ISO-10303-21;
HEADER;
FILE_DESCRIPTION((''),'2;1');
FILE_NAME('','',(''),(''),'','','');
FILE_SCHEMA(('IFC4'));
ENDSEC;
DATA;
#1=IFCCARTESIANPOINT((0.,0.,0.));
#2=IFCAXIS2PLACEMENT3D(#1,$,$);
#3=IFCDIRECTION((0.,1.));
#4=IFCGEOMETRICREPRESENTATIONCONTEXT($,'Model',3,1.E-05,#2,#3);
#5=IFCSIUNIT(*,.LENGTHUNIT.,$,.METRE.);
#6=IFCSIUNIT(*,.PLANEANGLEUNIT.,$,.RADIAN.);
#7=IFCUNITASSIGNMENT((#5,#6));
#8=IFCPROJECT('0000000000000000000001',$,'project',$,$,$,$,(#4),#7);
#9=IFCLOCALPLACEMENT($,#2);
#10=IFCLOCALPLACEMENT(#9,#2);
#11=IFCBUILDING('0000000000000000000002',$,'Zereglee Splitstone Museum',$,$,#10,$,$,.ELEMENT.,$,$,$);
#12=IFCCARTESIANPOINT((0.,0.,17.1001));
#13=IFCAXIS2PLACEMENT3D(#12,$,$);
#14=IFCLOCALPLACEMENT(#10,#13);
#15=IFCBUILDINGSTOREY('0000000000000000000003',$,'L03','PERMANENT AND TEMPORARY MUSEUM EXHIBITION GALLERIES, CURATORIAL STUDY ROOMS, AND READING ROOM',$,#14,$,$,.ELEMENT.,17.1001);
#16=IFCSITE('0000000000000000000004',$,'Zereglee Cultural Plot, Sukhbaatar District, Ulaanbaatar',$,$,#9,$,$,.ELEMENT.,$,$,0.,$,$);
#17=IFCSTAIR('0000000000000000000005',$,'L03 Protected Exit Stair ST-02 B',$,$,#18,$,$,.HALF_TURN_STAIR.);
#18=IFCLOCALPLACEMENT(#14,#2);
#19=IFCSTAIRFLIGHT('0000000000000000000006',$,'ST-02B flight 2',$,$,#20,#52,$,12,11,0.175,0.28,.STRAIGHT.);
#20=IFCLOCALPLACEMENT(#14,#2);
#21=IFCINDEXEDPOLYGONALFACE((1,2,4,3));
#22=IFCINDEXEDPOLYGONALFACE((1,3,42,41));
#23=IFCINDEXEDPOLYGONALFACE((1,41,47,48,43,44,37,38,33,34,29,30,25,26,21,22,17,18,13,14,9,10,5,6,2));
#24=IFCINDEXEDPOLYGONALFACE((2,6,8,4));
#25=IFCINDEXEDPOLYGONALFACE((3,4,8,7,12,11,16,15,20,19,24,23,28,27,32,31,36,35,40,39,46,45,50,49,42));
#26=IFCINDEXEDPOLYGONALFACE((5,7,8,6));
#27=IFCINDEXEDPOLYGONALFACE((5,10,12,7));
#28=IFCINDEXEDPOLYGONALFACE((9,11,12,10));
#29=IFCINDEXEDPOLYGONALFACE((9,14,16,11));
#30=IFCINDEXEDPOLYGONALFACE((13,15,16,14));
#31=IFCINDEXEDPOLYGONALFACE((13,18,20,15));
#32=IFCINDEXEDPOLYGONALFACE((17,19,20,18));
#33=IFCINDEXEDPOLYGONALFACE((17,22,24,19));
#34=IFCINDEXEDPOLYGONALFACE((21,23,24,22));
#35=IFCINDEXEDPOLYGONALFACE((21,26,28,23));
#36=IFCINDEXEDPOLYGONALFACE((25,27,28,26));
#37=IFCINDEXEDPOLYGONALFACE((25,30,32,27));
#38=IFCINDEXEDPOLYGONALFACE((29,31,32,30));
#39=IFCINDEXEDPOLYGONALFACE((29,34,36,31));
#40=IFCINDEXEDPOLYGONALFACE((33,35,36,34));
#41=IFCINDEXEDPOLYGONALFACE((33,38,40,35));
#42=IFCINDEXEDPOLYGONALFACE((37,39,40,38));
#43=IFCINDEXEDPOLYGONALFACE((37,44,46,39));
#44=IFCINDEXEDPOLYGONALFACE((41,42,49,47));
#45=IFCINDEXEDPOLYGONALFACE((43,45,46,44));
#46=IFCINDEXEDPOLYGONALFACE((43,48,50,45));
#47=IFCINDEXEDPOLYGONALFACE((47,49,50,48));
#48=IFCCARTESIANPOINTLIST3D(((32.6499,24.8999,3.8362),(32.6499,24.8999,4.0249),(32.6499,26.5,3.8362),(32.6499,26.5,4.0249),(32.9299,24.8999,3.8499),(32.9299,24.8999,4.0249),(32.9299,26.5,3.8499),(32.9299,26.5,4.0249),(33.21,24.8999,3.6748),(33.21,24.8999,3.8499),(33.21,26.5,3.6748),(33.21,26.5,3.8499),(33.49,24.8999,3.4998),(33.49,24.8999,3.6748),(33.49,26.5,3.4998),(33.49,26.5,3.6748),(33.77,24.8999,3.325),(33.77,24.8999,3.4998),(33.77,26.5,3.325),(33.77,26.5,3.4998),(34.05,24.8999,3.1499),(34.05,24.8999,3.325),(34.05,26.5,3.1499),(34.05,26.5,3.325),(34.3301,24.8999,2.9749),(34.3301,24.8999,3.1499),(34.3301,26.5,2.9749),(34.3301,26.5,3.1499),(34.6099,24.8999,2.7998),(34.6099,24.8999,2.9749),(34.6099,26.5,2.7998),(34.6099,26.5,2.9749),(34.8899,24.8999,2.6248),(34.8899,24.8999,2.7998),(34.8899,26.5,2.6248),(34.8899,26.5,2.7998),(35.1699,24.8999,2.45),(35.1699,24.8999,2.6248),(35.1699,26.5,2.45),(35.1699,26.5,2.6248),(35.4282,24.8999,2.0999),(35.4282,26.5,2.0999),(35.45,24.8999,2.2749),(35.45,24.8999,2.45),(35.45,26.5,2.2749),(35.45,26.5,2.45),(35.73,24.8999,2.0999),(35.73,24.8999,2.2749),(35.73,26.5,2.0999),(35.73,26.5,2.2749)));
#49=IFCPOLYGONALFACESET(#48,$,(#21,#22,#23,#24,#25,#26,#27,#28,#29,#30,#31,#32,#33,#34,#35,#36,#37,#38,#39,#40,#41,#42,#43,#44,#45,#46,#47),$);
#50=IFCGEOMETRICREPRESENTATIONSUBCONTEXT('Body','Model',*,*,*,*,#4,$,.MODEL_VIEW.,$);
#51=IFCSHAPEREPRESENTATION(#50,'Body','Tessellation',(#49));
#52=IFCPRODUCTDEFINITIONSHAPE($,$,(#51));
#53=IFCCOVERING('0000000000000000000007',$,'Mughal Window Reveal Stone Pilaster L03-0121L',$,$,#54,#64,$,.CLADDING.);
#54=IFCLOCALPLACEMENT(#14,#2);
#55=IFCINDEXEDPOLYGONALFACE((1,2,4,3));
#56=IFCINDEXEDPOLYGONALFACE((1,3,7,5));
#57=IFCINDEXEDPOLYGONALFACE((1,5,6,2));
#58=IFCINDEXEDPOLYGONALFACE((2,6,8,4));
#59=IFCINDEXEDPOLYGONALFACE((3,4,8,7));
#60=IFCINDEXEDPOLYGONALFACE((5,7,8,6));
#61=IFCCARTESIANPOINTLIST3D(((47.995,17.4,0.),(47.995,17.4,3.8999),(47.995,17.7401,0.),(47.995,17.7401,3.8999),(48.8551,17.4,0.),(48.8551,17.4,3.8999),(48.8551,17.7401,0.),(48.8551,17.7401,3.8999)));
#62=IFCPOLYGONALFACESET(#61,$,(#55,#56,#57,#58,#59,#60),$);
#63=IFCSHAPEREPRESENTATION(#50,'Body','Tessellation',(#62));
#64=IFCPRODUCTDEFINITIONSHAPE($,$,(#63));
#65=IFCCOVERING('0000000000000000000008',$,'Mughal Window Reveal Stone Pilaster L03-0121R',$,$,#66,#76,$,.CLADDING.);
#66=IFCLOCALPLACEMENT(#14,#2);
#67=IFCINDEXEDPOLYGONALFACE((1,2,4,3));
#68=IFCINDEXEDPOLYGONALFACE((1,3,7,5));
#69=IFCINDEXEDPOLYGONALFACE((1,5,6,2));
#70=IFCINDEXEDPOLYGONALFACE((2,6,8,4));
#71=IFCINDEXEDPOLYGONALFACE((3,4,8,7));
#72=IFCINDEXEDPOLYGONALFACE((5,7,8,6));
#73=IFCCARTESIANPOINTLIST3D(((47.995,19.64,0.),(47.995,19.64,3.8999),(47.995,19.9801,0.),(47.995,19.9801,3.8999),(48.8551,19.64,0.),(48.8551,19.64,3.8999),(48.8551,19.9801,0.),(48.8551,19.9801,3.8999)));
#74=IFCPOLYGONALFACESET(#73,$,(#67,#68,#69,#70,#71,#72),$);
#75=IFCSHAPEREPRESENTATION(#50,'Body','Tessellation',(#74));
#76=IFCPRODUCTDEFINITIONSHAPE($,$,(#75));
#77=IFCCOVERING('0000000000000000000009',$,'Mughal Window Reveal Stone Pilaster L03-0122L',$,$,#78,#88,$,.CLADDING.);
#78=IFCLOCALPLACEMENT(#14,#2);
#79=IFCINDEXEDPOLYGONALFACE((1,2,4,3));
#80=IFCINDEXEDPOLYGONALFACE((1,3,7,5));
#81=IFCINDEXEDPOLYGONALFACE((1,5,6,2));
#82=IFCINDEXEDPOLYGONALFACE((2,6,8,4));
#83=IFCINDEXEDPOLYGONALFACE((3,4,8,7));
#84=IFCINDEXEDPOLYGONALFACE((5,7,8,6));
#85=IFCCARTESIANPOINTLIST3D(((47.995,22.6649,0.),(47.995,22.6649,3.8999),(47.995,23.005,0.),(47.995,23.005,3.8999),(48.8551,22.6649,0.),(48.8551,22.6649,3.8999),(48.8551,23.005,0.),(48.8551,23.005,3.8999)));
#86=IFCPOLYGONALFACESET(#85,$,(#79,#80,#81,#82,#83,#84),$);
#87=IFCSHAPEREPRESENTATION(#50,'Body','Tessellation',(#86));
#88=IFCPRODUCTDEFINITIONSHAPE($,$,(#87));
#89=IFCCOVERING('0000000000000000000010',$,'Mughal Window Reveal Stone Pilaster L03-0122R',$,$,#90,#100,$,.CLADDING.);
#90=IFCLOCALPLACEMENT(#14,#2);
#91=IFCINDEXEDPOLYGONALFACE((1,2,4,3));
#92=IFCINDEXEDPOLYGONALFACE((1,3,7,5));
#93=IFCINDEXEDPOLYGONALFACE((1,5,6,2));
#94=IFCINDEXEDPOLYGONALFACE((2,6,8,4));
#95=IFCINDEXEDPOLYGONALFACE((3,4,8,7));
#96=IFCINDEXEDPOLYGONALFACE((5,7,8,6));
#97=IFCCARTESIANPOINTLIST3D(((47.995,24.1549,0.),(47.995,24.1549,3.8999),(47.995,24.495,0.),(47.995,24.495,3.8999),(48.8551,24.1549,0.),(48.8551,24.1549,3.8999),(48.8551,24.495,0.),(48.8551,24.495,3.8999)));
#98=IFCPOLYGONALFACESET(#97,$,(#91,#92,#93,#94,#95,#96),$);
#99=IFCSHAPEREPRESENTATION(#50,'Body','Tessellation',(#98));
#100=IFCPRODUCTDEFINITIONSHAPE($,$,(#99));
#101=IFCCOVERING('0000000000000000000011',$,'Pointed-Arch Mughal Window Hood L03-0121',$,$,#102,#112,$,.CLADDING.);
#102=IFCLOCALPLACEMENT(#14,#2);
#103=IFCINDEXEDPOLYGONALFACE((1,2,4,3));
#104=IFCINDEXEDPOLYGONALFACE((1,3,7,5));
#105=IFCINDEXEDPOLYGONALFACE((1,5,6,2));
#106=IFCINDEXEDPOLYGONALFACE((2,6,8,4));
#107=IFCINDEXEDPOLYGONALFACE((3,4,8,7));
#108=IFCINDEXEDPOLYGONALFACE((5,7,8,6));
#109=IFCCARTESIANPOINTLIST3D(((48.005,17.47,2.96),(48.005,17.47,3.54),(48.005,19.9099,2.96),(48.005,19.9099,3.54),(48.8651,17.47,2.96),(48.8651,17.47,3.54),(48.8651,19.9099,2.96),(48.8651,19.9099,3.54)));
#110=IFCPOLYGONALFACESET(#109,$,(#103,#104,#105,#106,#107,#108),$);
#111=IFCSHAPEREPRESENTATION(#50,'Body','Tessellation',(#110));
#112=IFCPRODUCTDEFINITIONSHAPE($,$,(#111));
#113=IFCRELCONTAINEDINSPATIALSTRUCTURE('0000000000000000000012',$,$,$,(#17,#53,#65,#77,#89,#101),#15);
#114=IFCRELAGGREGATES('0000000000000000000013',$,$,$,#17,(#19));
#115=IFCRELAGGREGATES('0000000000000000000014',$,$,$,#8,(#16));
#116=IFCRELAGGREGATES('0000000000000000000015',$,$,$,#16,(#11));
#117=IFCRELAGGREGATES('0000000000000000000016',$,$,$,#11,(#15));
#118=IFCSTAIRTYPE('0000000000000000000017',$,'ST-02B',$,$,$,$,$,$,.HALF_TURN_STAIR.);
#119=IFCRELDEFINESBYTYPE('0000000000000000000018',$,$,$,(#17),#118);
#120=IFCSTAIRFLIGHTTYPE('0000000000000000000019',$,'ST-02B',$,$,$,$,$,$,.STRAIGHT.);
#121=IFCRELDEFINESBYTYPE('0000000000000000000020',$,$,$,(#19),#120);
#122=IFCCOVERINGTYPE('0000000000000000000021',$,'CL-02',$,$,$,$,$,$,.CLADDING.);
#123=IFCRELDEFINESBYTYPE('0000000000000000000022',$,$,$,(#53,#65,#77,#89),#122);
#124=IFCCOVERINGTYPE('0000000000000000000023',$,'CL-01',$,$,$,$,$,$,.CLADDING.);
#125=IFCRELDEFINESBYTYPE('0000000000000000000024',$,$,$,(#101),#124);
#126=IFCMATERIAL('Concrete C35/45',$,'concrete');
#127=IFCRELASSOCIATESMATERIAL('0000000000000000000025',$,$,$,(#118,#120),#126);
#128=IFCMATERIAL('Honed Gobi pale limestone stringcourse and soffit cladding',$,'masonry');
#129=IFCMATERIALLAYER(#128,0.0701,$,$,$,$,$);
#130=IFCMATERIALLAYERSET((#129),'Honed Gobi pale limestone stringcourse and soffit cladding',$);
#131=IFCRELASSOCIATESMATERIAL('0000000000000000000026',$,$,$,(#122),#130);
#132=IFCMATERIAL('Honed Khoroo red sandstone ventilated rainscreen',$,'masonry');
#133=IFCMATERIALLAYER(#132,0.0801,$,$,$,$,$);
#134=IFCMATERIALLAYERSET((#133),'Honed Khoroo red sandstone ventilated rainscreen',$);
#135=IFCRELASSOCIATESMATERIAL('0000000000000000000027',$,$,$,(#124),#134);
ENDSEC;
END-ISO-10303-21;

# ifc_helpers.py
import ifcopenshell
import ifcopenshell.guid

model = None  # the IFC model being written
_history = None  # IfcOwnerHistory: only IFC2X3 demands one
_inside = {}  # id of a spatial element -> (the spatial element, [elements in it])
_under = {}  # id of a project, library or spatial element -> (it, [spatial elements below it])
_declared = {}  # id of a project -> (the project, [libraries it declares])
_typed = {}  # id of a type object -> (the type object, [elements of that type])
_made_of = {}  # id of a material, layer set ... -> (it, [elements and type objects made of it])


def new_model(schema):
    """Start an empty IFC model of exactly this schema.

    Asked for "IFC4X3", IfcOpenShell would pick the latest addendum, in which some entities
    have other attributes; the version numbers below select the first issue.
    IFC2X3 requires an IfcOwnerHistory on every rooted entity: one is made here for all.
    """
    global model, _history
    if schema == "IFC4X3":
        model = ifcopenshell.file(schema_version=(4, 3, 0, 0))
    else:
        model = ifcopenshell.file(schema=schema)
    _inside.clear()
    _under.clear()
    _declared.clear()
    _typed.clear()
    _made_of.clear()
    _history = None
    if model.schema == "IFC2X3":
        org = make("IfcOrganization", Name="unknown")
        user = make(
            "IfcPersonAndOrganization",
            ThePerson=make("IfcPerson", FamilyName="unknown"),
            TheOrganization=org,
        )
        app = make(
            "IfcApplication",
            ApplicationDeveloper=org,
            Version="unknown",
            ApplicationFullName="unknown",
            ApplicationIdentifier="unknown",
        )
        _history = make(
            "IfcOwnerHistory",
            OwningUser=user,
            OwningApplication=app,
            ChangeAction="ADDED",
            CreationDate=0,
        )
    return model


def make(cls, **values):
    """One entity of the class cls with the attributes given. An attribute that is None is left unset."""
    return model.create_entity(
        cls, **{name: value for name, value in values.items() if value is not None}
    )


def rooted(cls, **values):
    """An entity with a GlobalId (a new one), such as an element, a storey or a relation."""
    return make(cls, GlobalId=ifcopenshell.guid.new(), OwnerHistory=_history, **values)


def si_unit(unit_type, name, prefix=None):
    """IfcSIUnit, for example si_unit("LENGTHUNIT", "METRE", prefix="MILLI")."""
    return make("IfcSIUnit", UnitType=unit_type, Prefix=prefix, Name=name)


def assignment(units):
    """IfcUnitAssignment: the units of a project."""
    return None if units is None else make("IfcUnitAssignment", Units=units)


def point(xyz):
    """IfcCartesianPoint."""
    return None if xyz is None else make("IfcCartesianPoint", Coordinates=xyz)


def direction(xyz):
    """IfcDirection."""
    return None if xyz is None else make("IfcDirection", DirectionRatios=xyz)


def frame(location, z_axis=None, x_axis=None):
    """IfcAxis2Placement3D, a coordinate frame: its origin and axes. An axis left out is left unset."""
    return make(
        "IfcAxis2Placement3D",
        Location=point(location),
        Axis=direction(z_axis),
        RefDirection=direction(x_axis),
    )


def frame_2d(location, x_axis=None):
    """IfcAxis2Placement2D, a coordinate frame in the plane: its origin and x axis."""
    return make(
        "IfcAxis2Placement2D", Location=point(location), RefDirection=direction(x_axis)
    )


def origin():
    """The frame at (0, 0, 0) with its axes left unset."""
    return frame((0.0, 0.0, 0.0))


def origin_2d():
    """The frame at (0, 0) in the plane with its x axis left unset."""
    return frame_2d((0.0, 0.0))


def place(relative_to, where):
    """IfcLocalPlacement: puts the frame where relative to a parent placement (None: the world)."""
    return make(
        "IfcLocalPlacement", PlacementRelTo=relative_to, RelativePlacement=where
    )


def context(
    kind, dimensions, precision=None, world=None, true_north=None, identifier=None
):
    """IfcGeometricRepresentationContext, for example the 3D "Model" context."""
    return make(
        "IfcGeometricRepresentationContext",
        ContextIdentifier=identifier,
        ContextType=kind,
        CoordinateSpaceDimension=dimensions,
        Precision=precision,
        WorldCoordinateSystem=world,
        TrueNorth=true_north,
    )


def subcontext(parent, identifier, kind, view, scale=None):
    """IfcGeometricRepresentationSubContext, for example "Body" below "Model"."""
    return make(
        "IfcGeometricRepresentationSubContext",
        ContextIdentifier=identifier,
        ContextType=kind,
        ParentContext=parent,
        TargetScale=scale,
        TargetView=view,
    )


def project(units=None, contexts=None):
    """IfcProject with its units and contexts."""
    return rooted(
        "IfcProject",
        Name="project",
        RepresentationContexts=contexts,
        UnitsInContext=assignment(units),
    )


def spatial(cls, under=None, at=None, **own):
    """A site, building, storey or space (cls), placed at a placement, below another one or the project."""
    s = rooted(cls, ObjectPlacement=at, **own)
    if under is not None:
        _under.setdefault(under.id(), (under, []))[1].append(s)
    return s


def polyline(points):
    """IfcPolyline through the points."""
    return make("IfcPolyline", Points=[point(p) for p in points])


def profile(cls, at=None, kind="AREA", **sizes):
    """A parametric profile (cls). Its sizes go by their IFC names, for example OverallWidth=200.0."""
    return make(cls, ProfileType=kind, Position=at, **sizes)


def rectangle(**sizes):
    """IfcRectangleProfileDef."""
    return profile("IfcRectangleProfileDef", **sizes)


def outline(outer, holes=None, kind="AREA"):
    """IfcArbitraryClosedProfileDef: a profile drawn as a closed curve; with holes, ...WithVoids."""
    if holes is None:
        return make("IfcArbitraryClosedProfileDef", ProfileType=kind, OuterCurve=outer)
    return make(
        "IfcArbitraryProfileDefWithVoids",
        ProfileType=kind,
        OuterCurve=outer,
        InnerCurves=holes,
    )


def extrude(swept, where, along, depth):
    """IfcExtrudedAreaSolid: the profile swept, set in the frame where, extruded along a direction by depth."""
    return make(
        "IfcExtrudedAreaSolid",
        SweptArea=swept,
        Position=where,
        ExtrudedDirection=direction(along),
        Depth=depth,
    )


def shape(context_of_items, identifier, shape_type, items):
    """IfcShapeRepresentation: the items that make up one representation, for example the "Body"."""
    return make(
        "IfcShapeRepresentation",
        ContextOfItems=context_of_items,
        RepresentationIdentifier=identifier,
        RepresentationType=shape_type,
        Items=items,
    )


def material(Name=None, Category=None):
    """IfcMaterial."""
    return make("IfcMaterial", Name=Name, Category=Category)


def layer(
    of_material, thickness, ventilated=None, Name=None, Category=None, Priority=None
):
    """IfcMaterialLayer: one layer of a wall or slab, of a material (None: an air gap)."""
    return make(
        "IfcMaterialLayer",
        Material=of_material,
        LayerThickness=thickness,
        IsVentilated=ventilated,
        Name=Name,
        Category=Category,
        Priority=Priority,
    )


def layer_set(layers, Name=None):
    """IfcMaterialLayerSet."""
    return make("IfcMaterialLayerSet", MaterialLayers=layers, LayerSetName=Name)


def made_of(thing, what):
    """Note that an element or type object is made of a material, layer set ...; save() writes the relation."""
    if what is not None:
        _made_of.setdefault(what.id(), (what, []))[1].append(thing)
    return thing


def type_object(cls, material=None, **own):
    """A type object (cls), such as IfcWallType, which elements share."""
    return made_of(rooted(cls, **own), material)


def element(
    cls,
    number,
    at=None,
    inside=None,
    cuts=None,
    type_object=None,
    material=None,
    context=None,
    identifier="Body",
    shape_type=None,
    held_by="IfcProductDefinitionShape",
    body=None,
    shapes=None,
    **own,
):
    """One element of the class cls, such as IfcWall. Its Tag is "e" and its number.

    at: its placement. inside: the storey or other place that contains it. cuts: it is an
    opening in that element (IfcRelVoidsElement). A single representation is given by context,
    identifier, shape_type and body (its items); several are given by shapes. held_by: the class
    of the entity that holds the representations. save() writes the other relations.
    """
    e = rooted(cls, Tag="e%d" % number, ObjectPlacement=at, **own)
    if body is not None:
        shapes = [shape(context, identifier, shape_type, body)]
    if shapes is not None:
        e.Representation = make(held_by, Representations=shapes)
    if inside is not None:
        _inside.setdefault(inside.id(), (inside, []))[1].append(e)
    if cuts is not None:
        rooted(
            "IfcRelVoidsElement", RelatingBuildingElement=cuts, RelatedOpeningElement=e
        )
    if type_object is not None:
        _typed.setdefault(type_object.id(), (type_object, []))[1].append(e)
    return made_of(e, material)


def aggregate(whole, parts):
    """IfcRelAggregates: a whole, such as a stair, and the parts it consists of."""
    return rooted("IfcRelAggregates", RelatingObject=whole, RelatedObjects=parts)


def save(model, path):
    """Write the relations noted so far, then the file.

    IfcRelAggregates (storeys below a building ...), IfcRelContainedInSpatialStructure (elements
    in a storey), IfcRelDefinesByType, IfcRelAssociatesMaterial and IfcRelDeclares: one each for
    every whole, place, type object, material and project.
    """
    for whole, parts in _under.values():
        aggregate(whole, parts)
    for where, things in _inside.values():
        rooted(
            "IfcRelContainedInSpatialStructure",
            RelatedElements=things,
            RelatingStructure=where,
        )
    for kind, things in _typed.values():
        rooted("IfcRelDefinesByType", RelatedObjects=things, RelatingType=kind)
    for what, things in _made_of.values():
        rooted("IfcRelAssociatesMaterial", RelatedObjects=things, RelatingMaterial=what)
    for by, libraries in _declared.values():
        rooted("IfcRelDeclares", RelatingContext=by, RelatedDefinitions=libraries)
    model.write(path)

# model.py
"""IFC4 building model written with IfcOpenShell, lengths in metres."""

from ifc_helpers import new_model, si_unit, direction, frame, origin, origin_2d, place, context, subcontext, project, spatial, polyline, rectangle, outline, extrude, material, layer, layer_set, type_object, element, aggregate, save


model = new_model("IFC4")

# Units and contexts
model_context = context("Model", 3, precision=1e-05, world=origin(), true_north=direction((0.0, 1.0)))
body_context = subcontext(model_context, "Body", "Model", "MODEL_VIEW")
ifc_project = project(units=[si_unit("LENGTHUNIT", "METRE"), si_unit("PLANEANGLEUNIT", "RADIAN")], contexts=[model_context])

# Site, building, storey
site_placement = place(None, origin())
site = spatial("IfcSite", under=ifc_project, at=site_placement, Name="Zereglee Cultural Plot, Sukhbaatar District, Ulaanbaatar", CompositionType="ELEMENT", RefElevation=0.0)
building_placement = place(site_placement, origin())
building = spatial("IfcBuilding", under=site, at=building_placement, Name="Zereglee Splitstone Museum", CompositionType="ELEMENT")
storey_placement = place(building_placement, frame((0.0, 0.0, 17.1001)))
storey = spatial("IfcBuildingStorey", under=building, at=storey_placement, Name="L03", Description="PERMANENT AND TEMPORARY MUSEUM EXHIBITION GALLERIES, CURATORIAL STUDY ROOMS, AND READING ROOM", CompositionType="ELEMENT", Elevation=17.1001)

# Stair, stair flight
ifc_material_1 = material(Name="Concrete C35/45", Category="concrete")
stair_type = type_object("IfcStairType", Name="ST-02B", PredefinedType="HALF_TURN_STAIR", material=ifc_material_1)
stair_placement = place(storey_placement, origin())
stair = element("IfcStair", 1, at=stair_placement, inside=storey, type_object=stair_type, Name="L03 Protected Exit Stair ST-02 B", PredefinedType="HALF_TURN_STAIR")
stair_flight_type = type_object("IfcStairFlightType", Name="ST-02B", PredefinedType="STRAIGHT", material=ifc_material_1)
stair_flight_1_placement = place(storey_placement, frame((35.73, 25.7, 2.0999), z_axis=(0.0, 0.0, 1.0), x_axis=(-1.0, 0.0, 0.0)))
stair_flight_1 = element("IfcStairFlight", 2, at=stair_flight_1_placement, type_object=stair_flight_type, Name="ST-02B flight 2", NumberOfRisers=12, NumberOfTreads=11, PredefinedType="STRAIGHT", RiserHeight=0.175, TreadLength=0.28, context=body_context, shape_type="SweptSolid", body=[
    extrude(outline(polyline([(0.0, 0.0), (0.0, 0.175), (0.28, 0.175), (0.28, 0.3501), (0.5601, 0.3501), (0.5601, 0.5249), (0.8401, 0.5249), (0.8401, 0.7), (1.1201, 0.7), (1.1201, 0.875), (1.3999, 0.875), (1.3999, 1.05), (1.6799, 1.05), (1.6799, 1.2251), (1.96, 1.2251), (1.96, 1.3999), (2.24, 1.3999), (2.24, 1.575), (2.52, 1.575), (2.52, 1.75), (2.8, 1.75), (2.8, 1.925), (3.0801, 1.925), (3.0801, 2.1001), (3.0801, 1.7363), (0.3018, 0.0), (0.0, 0.0)])), frame((0.0, 0.8, 0.0), z_axis=(0.0, -1.0, 0.0), x_axis=(1.0, 0.0, 0.0)), (0.0, 0.0, 1.0), 1.6001),
])
aggregate(stair, [stair_flight_1])

# Coverings
ifc_material_2 = material(Name="Honed Gobi pale limestone stringcourse and soffit cladding", Category="masonry")
ifc_layer_1 = layer(ifc_material_2, 0.0701)
ifc_layer_set_1 = layer_set([ifc_layer_1], Name="Honed Gobi pale limestone stringcourse and soffit cladding")
covering_type_1 = type_object("IfcCoveringType", Name="CL-02", PredefinedType="CLADDING", material=ifc_layer_set_1)
for number, where, z_axis, x_axis, name in (
    (3, (48.425, 17.5701, 0.0), (0.0, 0.0, 1.0), (0.0, 1.0, 0.0), "Mughal Window Reveal Stone Pilaster L03-0121L"),
    (4, (48.425, 19.8101, 0.0), (0.0, 0.0, 1.0), (0.0, 1.0, 0.0), "Mughal Window Reveal Stone Pilaster L03-0121R"),
    (5, (48.425, 22.835, 0.0), (0.0, 0.0, 1.0), (0.0, 1.0, 0.0), "Mughal Window Reveal Stone Pilaster L03-0122L"),
    (6, (48.425, 24.325, 0.0), (0.0, 0.0, 1.0), (0.0, 1.0, 0.0), "Mughal Window Reveal Stone Pilaster L03-0122R"),
):
    element("IfcCovering", number, at=place(storey_placement, frame(where, z_axis=z_axis, x_axis=x_axis)), inside=storey, type_object=covering_type_1, Name=name, PredefinedType="CLADDING", context=body_context, shape_type="SweptSolid", body=[
        extrude(rectangle(XDim=0.3401, YDim=0.8601, at=origin_2d()), origin(), (0.0, 0.0, 1.0), 3.8999),
    ])
ifc_material_3 = material(Name="Honed Khoroo red sandstone ventilated rainscreen", Category="masonry")
ifc_layer_2 = layer(ifc_material_3, 0.0801)
ifc_layer_set_2 = layer_set([ifc_layer_2], Name="Honed Khoroo red sandstone ventilated rainscreen")
covering_type_2 = type_object("IfcCoveringType", Name="CL-01", PredefinedType="CLADDING", material=ifc_layer_set_2)
covering_placement = place(storey_placement, frame((48.4351, 18.6899, 2.96), z_axis=(0.0, 0.0, 1.0), x_axis=(0.0, 1.0, 0.0)))
element("IfcCovering", 7, at=covering_placement, inside=storey, type_object=covering_type_2, Name="Pointed-Arch Mughal Window Hood L03-0121", PredefinedType="CLADDING", context=body_context, shape_type="SweptSolid", body=[
    extrude(rectangle(XDim=2.4399, YDim=0.8601, at=origin_2d()), origin(), (0.0, 0.0, 1.0), 0.5801),
])

save(model, "model.ifc")
